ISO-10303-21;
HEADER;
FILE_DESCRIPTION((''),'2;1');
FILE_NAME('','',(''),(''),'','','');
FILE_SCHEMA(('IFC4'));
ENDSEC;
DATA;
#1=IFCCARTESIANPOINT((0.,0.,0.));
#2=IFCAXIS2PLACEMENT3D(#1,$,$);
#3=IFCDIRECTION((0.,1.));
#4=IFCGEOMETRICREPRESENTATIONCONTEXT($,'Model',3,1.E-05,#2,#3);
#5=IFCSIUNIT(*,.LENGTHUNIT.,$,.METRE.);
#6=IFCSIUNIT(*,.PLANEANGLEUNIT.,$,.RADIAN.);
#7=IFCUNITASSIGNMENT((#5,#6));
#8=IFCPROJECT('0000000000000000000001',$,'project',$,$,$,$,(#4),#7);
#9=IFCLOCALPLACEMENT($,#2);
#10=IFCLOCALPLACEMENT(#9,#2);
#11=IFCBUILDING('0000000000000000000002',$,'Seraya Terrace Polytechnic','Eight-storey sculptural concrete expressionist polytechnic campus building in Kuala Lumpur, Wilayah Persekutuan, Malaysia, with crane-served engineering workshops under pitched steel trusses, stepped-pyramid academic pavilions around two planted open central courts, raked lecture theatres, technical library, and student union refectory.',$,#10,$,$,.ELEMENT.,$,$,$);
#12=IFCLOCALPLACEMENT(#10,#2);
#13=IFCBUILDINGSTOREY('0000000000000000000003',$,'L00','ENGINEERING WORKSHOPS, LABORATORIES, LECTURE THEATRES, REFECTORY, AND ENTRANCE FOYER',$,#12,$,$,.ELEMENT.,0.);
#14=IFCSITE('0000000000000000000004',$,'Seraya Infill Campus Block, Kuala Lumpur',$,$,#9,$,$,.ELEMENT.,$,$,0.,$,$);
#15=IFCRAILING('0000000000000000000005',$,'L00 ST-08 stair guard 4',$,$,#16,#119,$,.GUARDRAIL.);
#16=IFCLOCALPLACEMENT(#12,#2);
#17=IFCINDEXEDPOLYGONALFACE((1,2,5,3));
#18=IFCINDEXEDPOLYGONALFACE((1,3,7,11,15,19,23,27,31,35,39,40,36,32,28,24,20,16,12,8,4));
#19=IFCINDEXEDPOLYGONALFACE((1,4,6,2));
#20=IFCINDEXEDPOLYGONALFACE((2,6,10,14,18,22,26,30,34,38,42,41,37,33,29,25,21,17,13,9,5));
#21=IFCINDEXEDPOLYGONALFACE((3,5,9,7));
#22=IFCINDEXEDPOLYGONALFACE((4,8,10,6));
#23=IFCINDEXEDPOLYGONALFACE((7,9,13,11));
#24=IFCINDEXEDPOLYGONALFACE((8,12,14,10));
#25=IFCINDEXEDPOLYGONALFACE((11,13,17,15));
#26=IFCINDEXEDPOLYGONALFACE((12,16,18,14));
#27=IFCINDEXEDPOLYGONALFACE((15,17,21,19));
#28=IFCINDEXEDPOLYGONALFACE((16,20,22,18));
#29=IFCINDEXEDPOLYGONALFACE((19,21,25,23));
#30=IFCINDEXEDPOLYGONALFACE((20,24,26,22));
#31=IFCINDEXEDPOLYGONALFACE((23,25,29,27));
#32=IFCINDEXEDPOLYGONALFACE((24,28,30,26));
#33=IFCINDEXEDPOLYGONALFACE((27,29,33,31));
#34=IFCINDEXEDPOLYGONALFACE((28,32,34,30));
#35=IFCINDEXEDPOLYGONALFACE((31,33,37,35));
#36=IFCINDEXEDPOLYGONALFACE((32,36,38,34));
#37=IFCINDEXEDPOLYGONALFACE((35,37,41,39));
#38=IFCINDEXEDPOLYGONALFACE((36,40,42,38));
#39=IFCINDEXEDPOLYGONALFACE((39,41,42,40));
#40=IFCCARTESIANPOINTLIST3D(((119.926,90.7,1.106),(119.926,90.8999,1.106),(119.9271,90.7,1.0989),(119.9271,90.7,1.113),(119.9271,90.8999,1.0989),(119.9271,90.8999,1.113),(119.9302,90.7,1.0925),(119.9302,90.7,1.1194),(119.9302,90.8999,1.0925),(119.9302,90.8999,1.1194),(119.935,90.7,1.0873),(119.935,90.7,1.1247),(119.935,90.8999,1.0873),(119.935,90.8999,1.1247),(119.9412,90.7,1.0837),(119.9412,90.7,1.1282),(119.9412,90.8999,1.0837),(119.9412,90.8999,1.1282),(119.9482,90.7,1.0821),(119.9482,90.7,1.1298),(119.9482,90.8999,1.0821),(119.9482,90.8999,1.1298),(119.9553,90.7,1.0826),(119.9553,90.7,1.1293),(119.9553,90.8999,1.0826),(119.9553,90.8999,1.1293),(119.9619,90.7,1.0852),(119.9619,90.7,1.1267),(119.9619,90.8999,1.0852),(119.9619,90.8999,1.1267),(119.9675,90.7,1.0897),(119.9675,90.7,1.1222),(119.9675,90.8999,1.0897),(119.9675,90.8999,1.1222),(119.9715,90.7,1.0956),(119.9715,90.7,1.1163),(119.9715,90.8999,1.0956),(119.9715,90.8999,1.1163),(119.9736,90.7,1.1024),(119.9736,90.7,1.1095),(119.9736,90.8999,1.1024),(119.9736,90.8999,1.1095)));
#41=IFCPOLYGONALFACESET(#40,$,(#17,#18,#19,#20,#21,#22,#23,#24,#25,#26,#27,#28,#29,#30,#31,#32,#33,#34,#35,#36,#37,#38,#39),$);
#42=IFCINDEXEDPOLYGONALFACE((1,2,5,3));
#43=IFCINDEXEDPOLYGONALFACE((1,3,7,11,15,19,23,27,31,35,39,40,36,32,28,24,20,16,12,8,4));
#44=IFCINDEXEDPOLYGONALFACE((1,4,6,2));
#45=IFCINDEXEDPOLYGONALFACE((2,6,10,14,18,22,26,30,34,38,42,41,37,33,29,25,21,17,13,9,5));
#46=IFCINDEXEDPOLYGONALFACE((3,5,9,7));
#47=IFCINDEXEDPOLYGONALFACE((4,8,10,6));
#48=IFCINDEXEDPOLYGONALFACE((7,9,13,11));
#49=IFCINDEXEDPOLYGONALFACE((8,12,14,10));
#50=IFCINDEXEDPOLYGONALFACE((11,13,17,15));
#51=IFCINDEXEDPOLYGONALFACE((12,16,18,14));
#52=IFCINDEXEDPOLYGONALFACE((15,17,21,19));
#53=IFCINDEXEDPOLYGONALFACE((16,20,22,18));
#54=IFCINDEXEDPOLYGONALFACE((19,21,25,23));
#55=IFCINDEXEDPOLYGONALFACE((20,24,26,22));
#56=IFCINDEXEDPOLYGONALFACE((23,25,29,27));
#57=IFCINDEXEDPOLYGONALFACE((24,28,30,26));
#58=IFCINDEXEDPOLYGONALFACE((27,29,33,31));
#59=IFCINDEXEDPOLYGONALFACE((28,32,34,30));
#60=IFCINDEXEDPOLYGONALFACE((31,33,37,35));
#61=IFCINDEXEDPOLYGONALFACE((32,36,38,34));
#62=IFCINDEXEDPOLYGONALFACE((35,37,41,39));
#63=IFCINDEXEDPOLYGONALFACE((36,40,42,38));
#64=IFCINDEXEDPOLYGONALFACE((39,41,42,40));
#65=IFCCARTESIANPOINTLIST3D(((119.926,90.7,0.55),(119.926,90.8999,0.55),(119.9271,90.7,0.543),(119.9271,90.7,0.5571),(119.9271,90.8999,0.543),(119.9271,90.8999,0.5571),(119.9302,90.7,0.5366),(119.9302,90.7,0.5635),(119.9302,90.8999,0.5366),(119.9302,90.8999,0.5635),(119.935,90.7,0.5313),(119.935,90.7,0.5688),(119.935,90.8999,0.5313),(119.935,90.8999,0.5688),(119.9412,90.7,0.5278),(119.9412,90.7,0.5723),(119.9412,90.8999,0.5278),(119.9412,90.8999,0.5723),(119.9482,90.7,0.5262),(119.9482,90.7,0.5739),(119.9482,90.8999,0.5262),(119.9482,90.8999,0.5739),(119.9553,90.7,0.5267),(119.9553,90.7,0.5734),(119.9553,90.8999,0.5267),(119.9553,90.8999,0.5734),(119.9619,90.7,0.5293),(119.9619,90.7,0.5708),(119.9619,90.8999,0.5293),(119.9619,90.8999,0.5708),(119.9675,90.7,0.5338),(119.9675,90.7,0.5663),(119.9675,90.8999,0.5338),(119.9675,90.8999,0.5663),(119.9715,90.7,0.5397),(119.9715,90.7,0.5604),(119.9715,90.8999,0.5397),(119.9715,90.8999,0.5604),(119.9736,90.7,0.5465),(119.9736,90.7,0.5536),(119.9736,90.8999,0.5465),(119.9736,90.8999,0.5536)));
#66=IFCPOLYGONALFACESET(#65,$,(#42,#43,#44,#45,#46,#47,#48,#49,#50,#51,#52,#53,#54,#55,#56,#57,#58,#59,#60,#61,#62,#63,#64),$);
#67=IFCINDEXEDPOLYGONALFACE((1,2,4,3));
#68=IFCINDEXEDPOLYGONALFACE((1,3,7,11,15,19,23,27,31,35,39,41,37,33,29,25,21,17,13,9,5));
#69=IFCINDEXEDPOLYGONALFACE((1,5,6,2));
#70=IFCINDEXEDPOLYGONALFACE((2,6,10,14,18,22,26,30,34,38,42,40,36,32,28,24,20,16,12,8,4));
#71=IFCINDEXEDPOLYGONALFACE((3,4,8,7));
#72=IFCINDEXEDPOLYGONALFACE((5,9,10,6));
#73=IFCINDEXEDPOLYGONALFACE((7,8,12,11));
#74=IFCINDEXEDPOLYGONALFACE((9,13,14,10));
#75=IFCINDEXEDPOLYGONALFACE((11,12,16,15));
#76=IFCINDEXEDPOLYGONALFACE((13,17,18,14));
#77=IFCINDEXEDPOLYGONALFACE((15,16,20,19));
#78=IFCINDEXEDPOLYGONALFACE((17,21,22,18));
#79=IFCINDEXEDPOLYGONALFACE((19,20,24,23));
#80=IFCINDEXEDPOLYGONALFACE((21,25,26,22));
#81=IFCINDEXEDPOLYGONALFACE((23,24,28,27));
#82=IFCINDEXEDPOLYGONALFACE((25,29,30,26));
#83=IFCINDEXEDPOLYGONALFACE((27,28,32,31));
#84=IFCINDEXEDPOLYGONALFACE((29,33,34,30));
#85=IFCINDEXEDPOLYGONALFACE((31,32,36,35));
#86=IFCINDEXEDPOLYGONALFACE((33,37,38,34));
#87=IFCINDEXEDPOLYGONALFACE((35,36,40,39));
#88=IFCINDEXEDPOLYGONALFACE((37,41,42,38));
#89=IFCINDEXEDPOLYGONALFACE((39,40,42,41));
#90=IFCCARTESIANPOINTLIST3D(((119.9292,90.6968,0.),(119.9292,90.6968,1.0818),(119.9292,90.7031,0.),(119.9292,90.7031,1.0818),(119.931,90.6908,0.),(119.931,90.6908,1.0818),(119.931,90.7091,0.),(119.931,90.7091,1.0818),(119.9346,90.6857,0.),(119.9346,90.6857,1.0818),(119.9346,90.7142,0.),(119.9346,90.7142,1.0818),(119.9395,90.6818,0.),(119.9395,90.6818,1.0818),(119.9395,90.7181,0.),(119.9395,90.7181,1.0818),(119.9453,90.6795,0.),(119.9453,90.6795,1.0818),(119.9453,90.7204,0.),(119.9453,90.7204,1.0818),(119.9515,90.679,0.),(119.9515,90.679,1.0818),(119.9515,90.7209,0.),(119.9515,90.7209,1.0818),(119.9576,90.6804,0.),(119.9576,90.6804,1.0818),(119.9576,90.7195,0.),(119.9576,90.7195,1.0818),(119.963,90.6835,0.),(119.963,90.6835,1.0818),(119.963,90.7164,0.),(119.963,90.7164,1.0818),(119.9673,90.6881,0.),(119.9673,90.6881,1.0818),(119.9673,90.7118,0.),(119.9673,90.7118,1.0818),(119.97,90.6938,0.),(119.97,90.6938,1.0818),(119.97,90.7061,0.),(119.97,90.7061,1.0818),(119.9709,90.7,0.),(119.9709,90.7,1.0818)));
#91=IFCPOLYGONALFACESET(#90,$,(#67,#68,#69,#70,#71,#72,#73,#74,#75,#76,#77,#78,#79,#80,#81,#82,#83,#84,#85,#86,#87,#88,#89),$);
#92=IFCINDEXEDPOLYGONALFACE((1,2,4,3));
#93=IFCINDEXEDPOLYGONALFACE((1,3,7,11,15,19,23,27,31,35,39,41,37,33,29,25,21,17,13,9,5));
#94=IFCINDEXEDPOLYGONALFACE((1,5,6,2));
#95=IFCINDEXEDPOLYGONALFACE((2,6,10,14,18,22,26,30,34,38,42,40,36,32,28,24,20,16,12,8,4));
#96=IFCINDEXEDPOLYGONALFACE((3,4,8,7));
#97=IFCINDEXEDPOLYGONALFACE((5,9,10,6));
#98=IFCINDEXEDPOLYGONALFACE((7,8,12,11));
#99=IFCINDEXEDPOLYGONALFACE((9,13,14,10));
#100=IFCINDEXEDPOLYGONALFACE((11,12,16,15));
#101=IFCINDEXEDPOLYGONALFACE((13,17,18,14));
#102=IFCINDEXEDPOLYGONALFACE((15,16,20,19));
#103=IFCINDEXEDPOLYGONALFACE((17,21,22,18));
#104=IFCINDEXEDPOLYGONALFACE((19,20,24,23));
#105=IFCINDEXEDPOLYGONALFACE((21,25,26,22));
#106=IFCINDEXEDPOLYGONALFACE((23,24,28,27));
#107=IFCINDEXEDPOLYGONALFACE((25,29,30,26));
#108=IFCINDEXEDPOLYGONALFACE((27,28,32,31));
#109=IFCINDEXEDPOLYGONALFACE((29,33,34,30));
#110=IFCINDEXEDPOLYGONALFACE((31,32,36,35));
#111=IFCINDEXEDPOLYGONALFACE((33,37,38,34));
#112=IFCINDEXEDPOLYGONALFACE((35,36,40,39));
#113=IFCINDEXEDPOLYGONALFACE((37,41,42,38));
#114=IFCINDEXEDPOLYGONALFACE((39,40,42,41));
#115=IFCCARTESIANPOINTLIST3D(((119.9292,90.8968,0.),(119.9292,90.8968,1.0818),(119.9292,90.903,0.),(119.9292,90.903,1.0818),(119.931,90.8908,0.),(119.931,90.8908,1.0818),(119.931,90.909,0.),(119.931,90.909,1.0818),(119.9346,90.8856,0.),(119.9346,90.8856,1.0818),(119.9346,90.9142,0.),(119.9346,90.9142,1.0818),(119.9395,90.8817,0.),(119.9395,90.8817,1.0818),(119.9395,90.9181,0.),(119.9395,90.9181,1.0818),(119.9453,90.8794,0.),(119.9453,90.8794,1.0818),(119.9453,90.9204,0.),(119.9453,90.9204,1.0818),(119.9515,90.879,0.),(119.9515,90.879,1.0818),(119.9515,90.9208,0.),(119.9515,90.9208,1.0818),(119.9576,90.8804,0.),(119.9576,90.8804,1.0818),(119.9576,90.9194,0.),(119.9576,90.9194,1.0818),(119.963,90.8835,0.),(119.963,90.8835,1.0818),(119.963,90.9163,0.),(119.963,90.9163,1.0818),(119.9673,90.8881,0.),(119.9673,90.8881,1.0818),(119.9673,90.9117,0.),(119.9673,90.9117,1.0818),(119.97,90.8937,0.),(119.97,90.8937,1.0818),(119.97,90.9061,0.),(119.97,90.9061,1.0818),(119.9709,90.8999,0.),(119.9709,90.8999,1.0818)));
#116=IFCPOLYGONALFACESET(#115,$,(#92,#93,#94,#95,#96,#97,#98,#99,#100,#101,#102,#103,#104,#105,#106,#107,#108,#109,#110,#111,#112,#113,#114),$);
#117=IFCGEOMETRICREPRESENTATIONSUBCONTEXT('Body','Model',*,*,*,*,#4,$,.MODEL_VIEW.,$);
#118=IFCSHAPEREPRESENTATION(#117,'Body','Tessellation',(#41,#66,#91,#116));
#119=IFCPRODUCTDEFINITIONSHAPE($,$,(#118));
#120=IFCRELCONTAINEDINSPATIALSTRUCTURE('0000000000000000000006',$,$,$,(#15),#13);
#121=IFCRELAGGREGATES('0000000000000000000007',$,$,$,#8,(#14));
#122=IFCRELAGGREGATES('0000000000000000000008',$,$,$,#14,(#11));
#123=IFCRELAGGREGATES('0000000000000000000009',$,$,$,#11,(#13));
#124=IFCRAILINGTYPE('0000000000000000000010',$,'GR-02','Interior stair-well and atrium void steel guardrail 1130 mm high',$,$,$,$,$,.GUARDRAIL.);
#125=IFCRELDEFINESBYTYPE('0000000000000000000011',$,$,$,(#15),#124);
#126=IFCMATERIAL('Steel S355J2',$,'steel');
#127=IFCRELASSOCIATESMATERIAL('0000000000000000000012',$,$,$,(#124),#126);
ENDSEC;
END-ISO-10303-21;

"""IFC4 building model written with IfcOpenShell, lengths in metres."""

from ifc_helpers import new_model, si_unit, direction, frame, origin, origin_2d, place, context, subcontext, project, spatial, circle, extrude, material, type_object, element, save


model = new_model("IFC4")

# Units and contexts
model_context = context("Model", 3, precision=1e-05, world=origin(), true_north=direction((0.0, 1.0)))
body_context = subcontext(model_context, "Body", "Model", "MODEL_VIEW")
ifc_project = project(units=[si_unit("LENGTHUNIT", "METRE"), si_unit("PLANEANGLEUNIT", "RADIAN")], contexts=[model_context])

# Site, building, storey
site_placement = place(None, origin())
site = spatial("IfcSite", under=ifc_project, at=site_placement, Name="Seraya Infill Campus Block, Kuala Lumpur", CompositionType="ELEMENT", RefElevation=0.0)
building_placement = place(site_placement, origin())
building = spatial("IfcBuilding", under=site, at=building_placement, Name="Seraya Terrace Polytechnic", Description="Eight-storey sculptural concrete expressionist polytechnic campus building in Kuala Lumpur, Wilayah Persekutuan, Malaysia, with crane-served engineering workshops under pitched steel trusses, stepped-pyramid academic pavilions around two planted open central courts, raked lecture theatres, technical library, and student union refectory.", CompositionType="ELEMENT")
storey_placement = place(building_placement, origin())
storey = spatial("IfcBuildingStorey", under=building, at=storey_placement, Name="L00", Description="ENGINEERING WORKSHOPS, LABORATORIES, LECTURE THEATRES, REFECTORY, AND ENTRANCE FOYER", CompositionType="ELEMENT", Elevation=0.0)

# Shared definitions
ifc_material_1 = material(Name="Steel S355J2", Category="steel")

# Railing
railing_type_1 = type_object("IfcRailingType", Name="GR-02", Description="Interior stair-well and atrium void steel guardrail 1130 mm high", PredefinedType="GUARDRAIL", material=ifc_material_1)
railing_1_placement = place(storey_placement, frame((119.95, 90.7, 0.0)))
element("IfcRailing", 1, at=railing_1_placement, inside=storey, type_object=railing_type_1, Name="L00 ST-08 stair guard 4", PredefinedType="GUARDRAIL", context=body_context, shape_type="SweptSolid", body=[
    extrude(circle(Radius=0.0239, at=origin_2d()), frame((0.0, 0.0, 1.106), z_axis=(0.0, 1.0, 0.0), x_axis=(-1.0, 0.0, 0.0)), (0.0, 0.0, 1.0), 0.2),
    extrude(circle(Radius=0.0239, at=origin_2d()), frame((0.0, 0.0, 0.55), z_axis=(0.0, 1.0, 0.0), x_axis=(-1.0, 0.0, 0.0)), (0.0, 0.0, 1.0), 0.2),
    extrude(circle(Radius=0.021, at=origin_2d()), origin(), (0.0, 0.0, 1.0), 1.0818),
    extrude(circle(Radius=0.021, at=origin_2d()), frame((0.0, 0.2, 0.0)), (0.0, 0.0, 1.0), 1.0818),
])

save(model, "model.ifc")
